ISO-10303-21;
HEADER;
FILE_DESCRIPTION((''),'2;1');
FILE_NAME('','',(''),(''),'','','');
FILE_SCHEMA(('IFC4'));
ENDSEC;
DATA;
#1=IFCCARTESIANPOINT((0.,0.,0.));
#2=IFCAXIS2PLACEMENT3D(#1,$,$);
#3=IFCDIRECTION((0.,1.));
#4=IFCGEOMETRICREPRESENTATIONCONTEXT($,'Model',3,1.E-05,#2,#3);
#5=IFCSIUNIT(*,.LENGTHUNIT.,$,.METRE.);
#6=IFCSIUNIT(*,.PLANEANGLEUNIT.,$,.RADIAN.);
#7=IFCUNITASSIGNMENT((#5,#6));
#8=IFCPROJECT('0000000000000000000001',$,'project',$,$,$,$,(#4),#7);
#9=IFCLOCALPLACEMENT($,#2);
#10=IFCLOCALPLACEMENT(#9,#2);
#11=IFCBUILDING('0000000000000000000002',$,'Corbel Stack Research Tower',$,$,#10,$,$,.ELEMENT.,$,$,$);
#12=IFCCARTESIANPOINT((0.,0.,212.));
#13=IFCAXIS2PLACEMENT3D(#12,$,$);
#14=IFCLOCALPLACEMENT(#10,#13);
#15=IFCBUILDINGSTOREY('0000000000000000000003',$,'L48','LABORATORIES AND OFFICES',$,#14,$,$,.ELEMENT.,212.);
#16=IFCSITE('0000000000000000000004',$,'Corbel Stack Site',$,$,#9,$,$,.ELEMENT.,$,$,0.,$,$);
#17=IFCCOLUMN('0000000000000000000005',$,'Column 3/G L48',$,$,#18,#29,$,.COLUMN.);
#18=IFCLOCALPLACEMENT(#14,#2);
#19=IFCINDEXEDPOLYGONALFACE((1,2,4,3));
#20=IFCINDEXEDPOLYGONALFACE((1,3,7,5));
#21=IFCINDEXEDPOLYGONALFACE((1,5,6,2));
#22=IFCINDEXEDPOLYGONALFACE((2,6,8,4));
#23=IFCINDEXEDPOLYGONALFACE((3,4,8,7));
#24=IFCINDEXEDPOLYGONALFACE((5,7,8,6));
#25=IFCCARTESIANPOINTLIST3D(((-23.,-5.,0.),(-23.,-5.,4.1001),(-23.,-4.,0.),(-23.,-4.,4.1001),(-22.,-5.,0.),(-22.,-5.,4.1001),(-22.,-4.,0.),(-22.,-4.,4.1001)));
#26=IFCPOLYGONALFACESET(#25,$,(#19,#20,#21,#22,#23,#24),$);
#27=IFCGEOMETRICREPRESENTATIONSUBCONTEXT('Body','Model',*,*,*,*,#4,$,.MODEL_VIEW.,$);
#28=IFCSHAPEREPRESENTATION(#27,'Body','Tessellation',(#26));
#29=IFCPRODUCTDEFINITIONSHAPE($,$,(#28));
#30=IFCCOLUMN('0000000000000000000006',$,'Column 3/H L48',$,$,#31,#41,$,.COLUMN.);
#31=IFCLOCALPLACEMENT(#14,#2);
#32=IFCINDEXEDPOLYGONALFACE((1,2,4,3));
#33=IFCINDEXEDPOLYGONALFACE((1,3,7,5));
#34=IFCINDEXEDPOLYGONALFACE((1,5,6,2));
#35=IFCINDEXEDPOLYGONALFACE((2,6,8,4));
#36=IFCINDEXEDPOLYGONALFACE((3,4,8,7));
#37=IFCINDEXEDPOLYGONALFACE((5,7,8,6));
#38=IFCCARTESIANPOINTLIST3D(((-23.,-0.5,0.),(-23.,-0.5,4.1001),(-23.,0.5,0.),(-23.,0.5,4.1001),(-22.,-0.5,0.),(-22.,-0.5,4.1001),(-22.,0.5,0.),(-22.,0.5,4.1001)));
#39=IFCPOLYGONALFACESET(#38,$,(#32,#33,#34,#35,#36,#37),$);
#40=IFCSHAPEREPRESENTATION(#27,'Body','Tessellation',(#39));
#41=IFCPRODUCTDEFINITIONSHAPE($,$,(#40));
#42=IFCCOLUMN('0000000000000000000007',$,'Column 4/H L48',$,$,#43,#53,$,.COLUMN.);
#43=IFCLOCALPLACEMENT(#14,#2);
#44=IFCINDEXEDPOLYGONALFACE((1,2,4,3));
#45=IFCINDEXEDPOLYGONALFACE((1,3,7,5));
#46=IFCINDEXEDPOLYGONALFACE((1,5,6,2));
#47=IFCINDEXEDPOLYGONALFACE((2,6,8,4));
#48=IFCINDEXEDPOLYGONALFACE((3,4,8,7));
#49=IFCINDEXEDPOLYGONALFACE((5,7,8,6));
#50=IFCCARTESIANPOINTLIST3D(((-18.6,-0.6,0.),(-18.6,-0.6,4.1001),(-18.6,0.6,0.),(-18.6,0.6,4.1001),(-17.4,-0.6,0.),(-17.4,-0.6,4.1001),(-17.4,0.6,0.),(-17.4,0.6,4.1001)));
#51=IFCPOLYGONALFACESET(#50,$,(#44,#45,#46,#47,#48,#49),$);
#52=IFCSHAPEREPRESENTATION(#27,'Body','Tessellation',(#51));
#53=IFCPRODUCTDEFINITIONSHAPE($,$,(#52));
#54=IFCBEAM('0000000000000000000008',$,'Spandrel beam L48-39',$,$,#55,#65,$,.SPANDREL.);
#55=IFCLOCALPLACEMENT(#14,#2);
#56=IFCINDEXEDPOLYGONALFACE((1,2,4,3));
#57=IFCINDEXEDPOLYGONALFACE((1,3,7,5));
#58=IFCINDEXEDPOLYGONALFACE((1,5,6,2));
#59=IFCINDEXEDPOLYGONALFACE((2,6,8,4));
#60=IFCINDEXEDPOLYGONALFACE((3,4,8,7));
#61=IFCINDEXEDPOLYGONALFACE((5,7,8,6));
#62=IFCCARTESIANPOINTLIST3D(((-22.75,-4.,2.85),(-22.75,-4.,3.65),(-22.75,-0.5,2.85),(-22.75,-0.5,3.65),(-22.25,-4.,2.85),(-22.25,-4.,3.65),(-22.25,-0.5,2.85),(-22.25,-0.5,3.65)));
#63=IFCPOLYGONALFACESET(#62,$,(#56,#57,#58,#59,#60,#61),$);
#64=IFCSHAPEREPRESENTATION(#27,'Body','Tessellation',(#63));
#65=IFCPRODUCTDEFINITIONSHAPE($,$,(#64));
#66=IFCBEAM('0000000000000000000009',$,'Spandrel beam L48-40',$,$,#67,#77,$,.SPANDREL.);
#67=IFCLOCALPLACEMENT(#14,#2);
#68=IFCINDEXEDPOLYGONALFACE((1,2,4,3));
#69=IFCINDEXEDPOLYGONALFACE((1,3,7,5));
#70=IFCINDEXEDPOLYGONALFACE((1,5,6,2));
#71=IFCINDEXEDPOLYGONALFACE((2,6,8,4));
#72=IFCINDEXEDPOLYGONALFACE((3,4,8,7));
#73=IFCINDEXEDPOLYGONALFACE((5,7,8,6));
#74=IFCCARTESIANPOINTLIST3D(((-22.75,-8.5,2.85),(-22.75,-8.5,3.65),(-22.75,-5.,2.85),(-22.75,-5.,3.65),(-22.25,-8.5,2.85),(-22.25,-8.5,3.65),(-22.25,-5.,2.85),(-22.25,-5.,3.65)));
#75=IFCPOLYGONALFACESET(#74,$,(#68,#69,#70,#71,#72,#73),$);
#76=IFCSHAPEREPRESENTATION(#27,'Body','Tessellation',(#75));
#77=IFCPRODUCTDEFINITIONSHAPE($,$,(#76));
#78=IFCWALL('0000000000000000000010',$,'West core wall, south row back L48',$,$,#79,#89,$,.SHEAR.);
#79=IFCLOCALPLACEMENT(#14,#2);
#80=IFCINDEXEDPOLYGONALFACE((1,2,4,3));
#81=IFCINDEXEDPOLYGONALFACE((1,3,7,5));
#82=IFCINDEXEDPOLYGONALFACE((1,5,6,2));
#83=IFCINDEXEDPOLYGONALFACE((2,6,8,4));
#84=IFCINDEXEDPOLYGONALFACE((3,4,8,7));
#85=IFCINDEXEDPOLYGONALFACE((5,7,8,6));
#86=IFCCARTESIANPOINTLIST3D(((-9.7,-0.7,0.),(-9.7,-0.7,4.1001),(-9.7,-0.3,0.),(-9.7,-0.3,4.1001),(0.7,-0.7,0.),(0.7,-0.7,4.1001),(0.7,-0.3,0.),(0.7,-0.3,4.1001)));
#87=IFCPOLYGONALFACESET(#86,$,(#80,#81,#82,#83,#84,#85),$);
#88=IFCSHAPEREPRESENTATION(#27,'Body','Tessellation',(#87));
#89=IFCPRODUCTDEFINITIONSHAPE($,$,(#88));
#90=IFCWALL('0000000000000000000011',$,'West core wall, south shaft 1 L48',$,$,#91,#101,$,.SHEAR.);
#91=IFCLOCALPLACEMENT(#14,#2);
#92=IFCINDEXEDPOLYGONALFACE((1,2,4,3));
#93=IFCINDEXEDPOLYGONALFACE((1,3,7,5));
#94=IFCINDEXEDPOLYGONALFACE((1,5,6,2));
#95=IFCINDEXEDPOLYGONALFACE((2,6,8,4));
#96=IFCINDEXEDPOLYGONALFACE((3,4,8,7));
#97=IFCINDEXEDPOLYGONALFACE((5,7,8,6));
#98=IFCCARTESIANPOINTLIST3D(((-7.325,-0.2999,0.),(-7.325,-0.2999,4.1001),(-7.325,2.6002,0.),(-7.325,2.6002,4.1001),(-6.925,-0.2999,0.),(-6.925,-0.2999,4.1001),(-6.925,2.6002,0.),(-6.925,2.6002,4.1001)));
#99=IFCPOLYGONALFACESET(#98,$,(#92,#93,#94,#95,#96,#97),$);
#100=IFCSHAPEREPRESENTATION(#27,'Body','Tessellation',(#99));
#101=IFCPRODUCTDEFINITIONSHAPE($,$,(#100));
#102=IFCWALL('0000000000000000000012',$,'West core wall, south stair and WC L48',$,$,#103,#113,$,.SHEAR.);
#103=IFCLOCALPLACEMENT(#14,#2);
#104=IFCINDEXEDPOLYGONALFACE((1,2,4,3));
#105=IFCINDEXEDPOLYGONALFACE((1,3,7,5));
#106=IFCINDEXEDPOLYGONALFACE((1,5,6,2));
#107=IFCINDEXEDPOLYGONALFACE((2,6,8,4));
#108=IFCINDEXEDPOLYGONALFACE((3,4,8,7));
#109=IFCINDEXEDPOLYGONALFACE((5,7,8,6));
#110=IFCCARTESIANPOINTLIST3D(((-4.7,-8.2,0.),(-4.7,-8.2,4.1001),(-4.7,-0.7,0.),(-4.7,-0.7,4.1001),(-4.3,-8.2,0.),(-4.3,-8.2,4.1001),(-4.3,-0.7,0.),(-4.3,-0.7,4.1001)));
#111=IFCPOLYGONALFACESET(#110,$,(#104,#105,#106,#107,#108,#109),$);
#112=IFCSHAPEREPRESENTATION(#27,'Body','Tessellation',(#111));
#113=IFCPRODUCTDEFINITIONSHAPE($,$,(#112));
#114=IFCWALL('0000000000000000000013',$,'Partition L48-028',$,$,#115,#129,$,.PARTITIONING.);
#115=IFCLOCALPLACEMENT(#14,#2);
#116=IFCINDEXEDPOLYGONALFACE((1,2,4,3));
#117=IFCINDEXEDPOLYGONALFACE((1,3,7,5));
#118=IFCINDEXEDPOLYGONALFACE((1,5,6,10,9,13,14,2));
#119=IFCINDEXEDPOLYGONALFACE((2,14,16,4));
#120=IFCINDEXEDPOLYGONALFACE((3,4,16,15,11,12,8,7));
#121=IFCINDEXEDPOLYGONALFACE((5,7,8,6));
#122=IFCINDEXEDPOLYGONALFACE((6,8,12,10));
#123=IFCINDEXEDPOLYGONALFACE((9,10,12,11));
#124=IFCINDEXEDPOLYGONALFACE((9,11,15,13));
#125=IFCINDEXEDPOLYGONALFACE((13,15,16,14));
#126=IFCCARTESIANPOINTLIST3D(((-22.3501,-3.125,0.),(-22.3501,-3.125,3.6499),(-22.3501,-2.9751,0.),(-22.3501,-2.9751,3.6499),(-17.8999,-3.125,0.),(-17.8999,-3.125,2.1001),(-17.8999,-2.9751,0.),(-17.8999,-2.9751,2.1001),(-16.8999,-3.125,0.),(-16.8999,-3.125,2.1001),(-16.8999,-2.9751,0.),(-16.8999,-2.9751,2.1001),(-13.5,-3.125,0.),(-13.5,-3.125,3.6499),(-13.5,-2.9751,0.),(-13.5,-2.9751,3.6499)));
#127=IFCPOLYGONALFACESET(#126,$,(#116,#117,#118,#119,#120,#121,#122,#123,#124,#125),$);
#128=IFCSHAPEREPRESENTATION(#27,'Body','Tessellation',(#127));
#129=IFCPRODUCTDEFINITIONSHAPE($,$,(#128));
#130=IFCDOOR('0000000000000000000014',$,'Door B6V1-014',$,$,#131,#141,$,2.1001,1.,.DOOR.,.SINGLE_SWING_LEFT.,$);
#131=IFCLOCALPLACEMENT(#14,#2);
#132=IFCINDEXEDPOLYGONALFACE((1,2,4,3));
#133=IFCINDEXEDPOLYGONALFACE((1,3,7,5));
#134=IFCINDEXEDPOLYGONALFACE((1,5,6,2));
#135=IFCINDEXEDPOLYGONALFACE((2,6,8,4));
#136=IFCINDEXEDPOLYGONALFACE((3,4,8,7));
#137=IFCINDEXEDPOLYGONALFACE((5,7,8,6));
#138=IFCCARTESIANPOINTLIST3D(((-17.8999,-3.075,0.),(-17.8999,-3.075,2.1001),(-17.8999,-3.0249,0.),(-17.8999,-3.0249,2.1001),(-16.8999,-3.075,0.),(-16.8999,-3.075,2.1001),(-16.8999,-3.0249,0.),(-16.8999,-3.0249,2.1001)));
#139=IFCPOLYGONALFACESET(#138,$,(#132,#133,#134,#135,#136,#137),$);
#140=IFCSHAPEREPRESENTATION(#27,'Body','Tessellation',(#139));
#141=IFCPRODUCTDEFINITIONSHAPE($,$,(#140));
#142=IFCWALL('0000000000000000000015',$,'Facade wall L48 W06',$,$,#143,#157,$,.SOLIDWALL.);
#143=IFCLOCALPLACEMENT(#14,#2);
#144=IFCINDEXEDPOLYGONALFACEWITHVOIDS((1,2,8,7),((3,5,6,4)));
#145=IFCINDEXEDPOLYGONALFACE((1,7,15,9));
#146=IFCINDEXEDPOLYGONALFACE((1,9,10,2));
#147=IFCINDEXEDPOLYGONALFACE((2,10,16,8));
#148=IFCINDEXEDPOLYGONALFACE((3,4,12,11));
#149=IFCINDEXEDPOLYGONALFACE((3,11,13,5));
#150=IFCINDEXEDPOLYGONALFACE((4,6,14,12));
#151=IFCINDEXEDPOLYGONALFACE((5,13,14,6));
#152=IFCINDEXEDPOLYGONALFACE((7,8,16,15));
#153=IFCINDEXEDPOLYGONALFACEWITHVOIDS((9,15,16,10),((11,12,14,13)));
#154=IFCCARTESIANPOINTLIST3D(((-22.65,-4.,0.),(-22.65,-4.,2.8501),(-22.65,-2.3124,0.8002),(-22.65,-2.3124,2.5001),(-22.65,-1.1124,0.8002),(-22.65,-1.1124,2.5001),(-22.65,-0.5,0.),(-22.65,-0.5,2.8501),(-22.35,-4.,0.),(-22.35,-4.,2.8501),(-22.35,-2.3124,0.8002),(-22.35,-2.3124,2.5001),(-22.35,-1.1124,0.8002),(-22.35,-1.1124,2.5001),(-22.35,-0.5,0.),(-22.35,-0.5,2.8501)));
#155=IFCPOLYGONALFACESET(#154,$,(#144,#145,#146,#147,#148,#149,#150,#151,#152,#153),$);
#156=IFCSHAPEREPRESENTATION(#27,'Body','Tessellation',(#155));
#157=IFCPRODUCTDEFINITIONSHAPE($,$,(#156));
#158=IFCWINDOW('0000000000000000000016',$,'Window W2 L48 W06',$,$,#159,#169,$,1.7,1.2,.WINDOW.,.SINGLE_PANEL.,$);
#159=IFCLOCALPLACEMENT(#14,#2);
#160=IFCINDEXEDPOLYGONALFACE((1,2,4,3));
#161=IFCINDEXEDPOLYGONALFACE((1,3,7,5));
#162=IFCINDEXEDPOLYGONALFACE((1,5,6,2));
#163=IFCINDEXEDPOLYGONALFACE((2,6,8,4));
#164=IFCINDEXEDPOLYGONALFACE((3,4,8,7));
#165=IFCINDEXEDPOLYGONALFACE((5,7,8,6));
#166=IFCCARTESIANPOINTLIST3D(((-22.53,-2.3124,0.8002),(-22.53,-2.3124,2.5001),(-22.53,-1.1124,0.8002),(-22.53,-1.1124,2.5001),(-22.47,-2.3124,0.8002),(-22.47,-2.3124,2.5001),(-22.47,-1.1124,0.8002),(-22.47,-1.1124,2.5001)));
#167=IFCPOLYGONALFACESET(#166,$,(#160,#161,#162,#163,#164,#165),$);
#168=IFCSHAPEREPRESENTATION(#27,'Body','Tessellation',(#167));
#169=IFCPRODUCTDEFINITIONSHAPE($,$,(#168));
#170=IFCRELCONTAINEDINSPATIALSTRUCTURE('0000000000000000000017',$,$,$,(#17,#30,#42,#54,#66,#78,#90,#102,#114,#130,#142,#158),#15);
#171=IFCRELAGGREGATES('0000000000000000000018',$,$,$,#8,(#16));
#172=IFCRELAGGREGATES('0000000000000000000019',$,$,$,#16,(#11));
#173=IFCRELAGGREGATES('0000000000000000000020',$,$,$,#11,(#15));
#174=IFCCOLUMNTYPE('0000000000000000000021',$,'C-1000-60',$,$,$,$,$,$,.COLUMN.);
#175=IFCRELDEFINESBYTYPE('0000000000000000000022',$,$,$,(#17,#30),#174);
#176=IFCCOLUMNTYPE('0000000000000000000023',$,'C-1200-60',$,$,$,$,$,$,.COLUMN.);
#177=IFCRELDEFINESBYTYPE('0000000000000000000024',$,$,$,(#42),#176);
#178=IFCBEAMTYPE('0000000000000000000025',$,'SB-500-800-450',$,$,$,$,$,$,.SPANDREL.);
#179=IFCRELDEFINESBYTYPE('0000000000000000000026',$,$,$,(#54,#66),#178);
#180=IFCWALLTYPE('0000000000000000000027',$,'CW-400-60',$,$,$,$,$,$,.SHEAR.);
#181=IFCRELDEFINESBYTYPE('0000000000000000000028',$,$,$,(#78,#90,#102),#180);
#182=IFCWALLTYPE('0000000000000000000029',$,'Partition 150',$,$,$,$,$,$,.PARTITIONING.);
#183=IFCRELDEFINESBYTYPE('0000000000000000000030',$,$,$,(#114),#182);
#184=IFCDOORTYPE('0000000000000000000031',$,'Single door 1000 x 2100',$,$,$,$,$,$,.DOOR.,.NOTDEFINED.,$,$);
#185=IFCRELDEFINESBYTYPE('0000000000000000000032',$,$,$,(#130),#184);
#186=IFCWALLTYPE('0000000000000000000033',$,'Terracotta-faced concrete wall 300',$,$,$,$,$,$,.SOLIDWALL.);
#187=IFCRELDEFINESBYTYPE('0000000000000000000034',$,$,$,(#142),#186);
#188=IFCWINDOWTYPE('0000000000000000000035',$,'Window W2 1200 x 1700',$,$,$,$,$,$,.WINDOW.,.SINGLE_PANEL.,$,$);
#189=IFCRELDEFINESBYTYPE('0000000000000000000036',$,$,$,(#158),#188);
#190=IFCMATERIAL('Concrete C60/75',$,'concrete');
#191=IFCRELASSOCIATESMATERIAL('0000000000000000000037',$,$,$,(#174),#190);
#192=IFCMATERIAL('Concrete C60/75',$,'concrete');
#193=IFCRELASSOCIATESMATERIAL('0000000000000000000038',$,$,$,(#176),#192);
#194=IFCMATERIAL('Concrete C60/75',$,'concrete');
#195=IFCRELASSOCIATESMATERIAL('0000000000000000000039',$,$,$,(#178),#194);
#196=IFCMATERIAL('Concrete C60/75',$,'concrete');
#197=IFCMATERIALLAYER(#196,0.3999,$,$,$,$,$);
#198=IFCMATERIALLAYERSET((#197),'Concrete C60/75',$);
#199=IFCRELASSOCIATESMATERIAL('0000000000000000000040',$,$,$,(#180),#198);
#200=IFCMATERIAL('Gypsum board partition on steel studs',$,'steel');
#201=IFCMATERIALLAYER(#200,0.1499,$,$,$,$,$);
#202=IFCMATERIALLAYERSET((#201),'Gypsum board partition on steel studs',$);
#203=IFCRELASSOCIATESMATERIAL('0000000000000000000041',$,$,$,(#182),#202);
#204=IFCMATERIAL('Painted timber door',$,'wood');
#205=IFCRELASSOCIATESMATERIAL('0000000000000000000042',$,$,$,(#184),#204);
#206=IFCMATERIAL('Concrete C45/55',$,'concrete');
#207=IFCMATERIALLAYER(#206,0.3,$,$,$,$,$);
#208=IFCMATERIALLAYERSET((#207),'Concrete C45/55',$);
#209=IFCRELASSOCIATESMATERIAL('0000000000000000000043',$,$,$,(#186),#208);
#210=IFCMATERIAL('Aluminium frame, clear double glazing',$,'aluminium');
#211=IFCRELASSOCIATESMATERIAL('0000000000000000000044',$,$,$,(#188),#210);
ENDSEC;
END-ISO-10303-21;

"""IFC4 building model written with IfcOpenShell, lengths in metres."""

from ifc_helpers import new_model, si_unit, direction, frame, frame_2d, origin, origin_2d, place, context, subcontext, project, spatial, rectangle, extrude, material, layer, layer_set, material_profile, profile_set, type_object, element, fill, save


model = new_model("IFC4")

# Units and contexts
model_context = context("Model", 3, precision=1e-05, world=origin(), true_north=direction((0.0, 1.0)))
body_context = subcontext(model_context, "Body", "Model", "MODEL_VIEW")
ifc_project = project(units=[si_unit("LENGTHUNIT", "METRE"), si_unit("PLANEANGLEUNIT", "RADIAN")], contexts=[model_context])

# Site, building, storey
site_placement = place(None, origin())
site = spatial("IfcSite", under=ifc_project, at=site_placement, Name="Corbel Stack Site", CompositionType="ELEMENT", RefElevation=0.0)
building_placement = place(site_placement, origin())
building = spatial("IfcBuilding", under=site, at=building_placement, Name="Corbel Stack Research Tower", CompositionType="ELEMENT")
storey_placement = place(building_placement, frame((0.0, 0.0, 212.0)))
storey = spatial("IfcBuildingStorey", under=building, at=storey_placement, Name="L48", Description="LABORATORIES AND OFFICES", CompositionType="ELEMENT", Elevation=212.0)

# Columns
ifc_material_1 = material(Name="Concrete C60/75", Category="concrete")
ifc_material_profile_1 = material_profile(ifc_material_1, rectangle(XDim=1.0, YDim=1.0, at=origin_2d()), Name="RC 1000 x 1000")
ifc_profile_set_1 = profile_set([ifc_material_profile_1], Name="Concrete C60/75")
column_type_1 = type_object("IfcColumnType", Name="C-1000-60", PredefinedType="COLUMN", material=ifc_profile_set_1)
for number, where, z_axis, x_axis, name in (
    (1, (-22.5, -4.5, 0.0), (0.0, 0.0, 1.0), (1.0, 0.0, 0.0), "Column 3/G L48"),
    (2, (-22.5, 0.0, 0.0), (0.0, 0.0, 1.0), (1.0, 0.0, 0.0), "Column 3/H L48"),
):
    element("IfcColumn", number, at=place(storey_placement, frame(where, z_axis=z_axis, x_axis=x_axis)), inside=storey, type_object=column_type_1, Name=name, PredefinedType="COLUMN", context=body_context, shape_type="SweptSolid", body=[
        extrude(rectangle(XDim=1.0, YDim=1.0, at=origin_2d()), origin(), (0.0, 0.0, 1.0), 4.1001),
    ])
ifc_material_2 = material(Name="Concrete C60/75", Category="concrete")
ifc_material_profile_2 = material_profile(ifc_material_2, rectangle(XDim=1.2, YDim=1.2, at=origin_2d()), Name="RC 1200 x 1200")
ifc_profile_set_2 = profile_set([ifc_material_profile_2], Name="Concrete C60/75")
column_type_2 = type_object("IfcColumnType", Name="C-1200-60", PredefinedType="COLUMN", material=ifc_profile_set_2)
column_placement = place(storey_placement, frame((-18.0, 0.0, 0.0), z_axis=(0.0, 0.0, 1.0), x_axis=(1.0, 0.0, 0.0)))
element("IfcColumn", 3, at=column_placement, inside=storey, type_object=column_type_2, Name="Column 4/H L48", PredefinedType="COLUMN", context=body_context, shape_type="SweptSolid", body=[
    extrude(rectangle(XDim=1.2, YDim=1.2, at=origin_2d()), origin(), (0.0, 0.0, 1.0), 4.1001),
])

# Beams
ifc_material_3 = material(Name="Concrete C60/75", Category="concrete")
ifc_material_profile_3 = material_profile(ifc_material_3, rectangle(XDim=0.5, YDim=0.8, at=origin_2d()), Name="RC 500 x 800")
ifc_profile_set_3 = profile_set([ifc_material_profile_3], Name="Concrete C60/75")
beam_type = type_object("IfcBeamType", Name="SB-500-800-450", PredefinedType="SPANDREL", material=ifc_profile_set_3)
for number, where, z_axis, x_axis, name in (
    (4, (-22.5, -0.5, 3.25), (0.0, -1.0, 0.0), (1.0, 0.0, 0.0), "Spandrel beam L48-39"),
    (5, (-22.5, -5.0, 3.25), (0.0, -1.0, 0.0), (1.0, 0.0, 0.0), "Spandrel beam L48-40"),
):
    element("IfcBeam", number, at=place(storey_placement, frame(where, z_axis=z_axis, x_axis=x_axis)), inside=storey, type_object=beam_type, Name=name, PredefinedType="SPANDREL", context=body_context, shape_type="SweptSolid", body=[
        extrude(rectangle(XDim=0.5, YDim=0.8, at=origin_2d()), origin(), (0.0, 0.0, 1.0), 3.5),
    ])

# Walls
ifc_material_4 = material(Name="Concrete C60/75", Category="concrete")
ifc_layer_1 = layer(ifc_material_4, 0.3999)
ifc_layer_set_1 = layer_set([ifc_layer_1], Name="Concrete C60/75")
wall_type_1 = type_object("IfcWallType", Name="CW-400-60", PredefinedType="SHEAR", material=ifc_layer_set_1)
wall_1_placement = place(storey_placement, frame((-9.7, -0.5, 0.0), z_axis=(0.0, 0.0, 1.0), x_axis=(1.0, 0.0, 0.0)))
element("IfcWall", 6, at=wall_1_placement, inside=storey, type_object=wall_type_1, Name="West core wall, south row back L48", PredefinedType="SHEAR", context=body_context, shape_type="SweptSolid", body=[
    extrude(rectangle(XDim=10.3999, YDim=0.3999, at=frame_2d((5.2, 0.0))), origin(), (0.0, 0.0, 1.0), 4.1001),
])
wall_2_placement = place(storey_placement, frame((-7.125, -0.3, 0.0), z_axis=(0.0, 0.0, 1.0), x_axis=(0.0, 1.0, 0.0)))
element("IfcWall", 7, at=wall_2_placement, inside=storey, type_object=wall_type_1, Name="West core wall, south shaft 1 L48", PredefinedType="SHEAR", context=body_context, shape_type="SweptSolid", body=[
    extrude(rectangle(XDim=2.9001, YDim=0.3999, at=frame_2d((1.4502, 0.0))), origin(), (0.0, 0.0, 1.0), 4.1001),
])
wall_3_placement = place(storey_placement, frame((-4.5, -8.2, 0.0), z_axis=(0.0, 0.0, 1.0), x_axis=(0.0, 1.0, 0.0)))
element("IfcWall", 8, at=wall_3_placement, inside=storey, type_object=wall_type_1, Name="West core wall, south stair and WC L48", PredefinedType="SHEAR", context=body_context, shape_type="SweptSolid", body=[
    extrude(rectangle(XDim=7.5, YDim=0.3999, at=frame_2d((3.75, 0.0))), origin(), (0.0, 0.0, 1.0), 4.1001),
])

# Wall, opening, door
ifc_material_5 = material(Name="Gypsum board partition on steel studs", Category="steel")
ifc_layer_2 = layer(ifc_material_5, 0.1499)
ifc_layer_set_2 = layer_set([ifc_layer_2], Name="Gypsum board partition on steel studs")
wall_type_2 = type_object("IfcWallType", Name="Partition 150", PredefinedType="PARTITIONING", material=ifc_layer_set_2)
wall_4_placement = place(storey_placement, frame((-13.5, -3.05, 0.0), z_axis=(0.0, 0.0, 1.0), x_axis=(-1.0, 0.0, 0.0)))
wall_4 = element("IfcWall", 9, at=wall_4_placement, inside=storey, type_object=wall_type_2, Name="Partition L48-028", PredefinedType="PARTITIONING", context=body_context, shape_type="SweptSolid", body=[
    extrude(rectangle(XDim=8.8501, YDim=0.1499, at=frame_2d((4.425, 0.0))), origin(), (0.0, 0.0, 1.0), 3.6499),
])
opening_1_placement = place(wall_4_placement, frame((3.3999, 0.0, 0.0)))
opening_1 = element("IfcOpeningElement", 10, at=opening_1_placement, cuts=wall_4, PredefinedType="OPENING", context=body_context, shape_type="SweptSolid", body=[
    extrude(rectangle(XDim=1.0, YDim=2.1001, at=frame_2d((0.5, 1.05))), frame((0.0, 0.085, 0.0), z_axis=(0.0, -1.0, 0.0), x_axis=(1.0, 0.0, 0.0)), (0.0, 0.0, 1.0), 0.1699),
])
ifc_material_6 = material(Name="Painted timber door", Category="wood")
door_type = type_object("IfcDoorType", Name="Single door 1000 x 2100", OperationType="NOTDEFINED", PredefinedType="DOOR", material=ifc_material_6)
door_placement = place(opening_1_placement, origin())
door = element("IfcDoor", 11, at=door_placement, inside=storey, type_object=door_type, Name="Door B6V1-014", OperationType="SINGLE_SWING_LEFT", OverallHeight=2.1001, OverallWidth=1.0, PredefinedType="DOOR", context=body_context, shape_type="SweptSolid", body=[
    extrude(rectangle(XDim=1.0, YDim=2.1001, at=frame_2d((0.5, 1.05))), frame((0.0, 0.0249, 0.0), z_axis=(0.0, -1.0, 0.0), x_axis=(1.0, 0.0, 0.0)), (0.0, 0.0, 1.0), 0.05),
])
fill(opening_1, door)

# Wall, opening, window
ifc_material_7 = material(Name="Concrete C45/55", Category="concrete")
ifc_layer_3 = layer(ifc_material_7, 0.3)
ifc_layer_set_3 = layer_set([ifc_layer_3], Name="Concrete C45/55")
wall_type_3 = type_object("IfcWallType", Name="Terracotta-faced concrete wall 300", PredefinedType="SOLIDWALL", material=ifc_layer_set_3)
wall_5_placement = place(storey_placement, frame((-22.5, -4.0, 0.0), z_axis=(0.0, 0.0, 1.0), x_axis=(0.0, 1.0, 0.0)))
wall_5 = element("IfcWall", 12, at=wall_5_placement, inside=storey, type_object=wall_type_3, Name="Facade wall L48 W06", PredefinedType="SOLIDWALL", context=body_context, shape_type="SweptSolid", body=[
    extrude(rectangle(XDim=3.5, YDim=0.3, at=frame_2d((1.75, 0.0))), origin(), (0.0, 0.0, 1.0), 2.8501),
])
opening_2_placement = place(wall_5_placement, frame((1.6875, 0.0, 0.8)))
opening_2 = element("IfcOpeningElement", 13, at=opening_2_placement, cuts=wall_5, PredefinedType="OPENING", context=body_context, shape_type="SweptSolid", body=[
    extrude(rectangle(XDim=1.2, YDim=1.7, at=frame_2d((0.6001, 0.8501))), frame((0.0, 0.1599, 0.0), z_axis=(0.0, -1.0, 0.0), x_axis=(1.0, 0.0, 0.0)), (0.0, 0.0, 1.0), 0.3201),
])
ifc_material_8 = material(Name="Aluminium frame, clear double glazing", Category="aluminium")
window_type = type_object("IfcWindowType", Name="Window W2 1200 x 1700", PartitioningType="SINGLE_PANEL", PredefinedType="WINDOW", material=ifc_material_8)
window_placement = place(opening_2_placement, origin())
window = element("IfcWindow", 14, at=window_placement, inside=storey, type_object=window_type, Name="Window W2 L48 W06", OverallHeight=1.7, OverallWidth=1.2, PartitioningType="SINGLE_PANEL", PredefinedType="WINDOW", context=body_context, shape_type="SweptSolid", body=[
    extrude(rectangle(XDim=1.2, YDim=1.7, at=frame_2d((0.6001, 0.8501))), frame((0.0, 0.03, 0.0), z_axis=(0.0, -1.0, 0.0), x_axis=(1.0, 0.0, 0.0)), (0.0, 0.0, 1.0), 0.0601),
])
fill(opening_2, window)

save(model, "model.ifc")
